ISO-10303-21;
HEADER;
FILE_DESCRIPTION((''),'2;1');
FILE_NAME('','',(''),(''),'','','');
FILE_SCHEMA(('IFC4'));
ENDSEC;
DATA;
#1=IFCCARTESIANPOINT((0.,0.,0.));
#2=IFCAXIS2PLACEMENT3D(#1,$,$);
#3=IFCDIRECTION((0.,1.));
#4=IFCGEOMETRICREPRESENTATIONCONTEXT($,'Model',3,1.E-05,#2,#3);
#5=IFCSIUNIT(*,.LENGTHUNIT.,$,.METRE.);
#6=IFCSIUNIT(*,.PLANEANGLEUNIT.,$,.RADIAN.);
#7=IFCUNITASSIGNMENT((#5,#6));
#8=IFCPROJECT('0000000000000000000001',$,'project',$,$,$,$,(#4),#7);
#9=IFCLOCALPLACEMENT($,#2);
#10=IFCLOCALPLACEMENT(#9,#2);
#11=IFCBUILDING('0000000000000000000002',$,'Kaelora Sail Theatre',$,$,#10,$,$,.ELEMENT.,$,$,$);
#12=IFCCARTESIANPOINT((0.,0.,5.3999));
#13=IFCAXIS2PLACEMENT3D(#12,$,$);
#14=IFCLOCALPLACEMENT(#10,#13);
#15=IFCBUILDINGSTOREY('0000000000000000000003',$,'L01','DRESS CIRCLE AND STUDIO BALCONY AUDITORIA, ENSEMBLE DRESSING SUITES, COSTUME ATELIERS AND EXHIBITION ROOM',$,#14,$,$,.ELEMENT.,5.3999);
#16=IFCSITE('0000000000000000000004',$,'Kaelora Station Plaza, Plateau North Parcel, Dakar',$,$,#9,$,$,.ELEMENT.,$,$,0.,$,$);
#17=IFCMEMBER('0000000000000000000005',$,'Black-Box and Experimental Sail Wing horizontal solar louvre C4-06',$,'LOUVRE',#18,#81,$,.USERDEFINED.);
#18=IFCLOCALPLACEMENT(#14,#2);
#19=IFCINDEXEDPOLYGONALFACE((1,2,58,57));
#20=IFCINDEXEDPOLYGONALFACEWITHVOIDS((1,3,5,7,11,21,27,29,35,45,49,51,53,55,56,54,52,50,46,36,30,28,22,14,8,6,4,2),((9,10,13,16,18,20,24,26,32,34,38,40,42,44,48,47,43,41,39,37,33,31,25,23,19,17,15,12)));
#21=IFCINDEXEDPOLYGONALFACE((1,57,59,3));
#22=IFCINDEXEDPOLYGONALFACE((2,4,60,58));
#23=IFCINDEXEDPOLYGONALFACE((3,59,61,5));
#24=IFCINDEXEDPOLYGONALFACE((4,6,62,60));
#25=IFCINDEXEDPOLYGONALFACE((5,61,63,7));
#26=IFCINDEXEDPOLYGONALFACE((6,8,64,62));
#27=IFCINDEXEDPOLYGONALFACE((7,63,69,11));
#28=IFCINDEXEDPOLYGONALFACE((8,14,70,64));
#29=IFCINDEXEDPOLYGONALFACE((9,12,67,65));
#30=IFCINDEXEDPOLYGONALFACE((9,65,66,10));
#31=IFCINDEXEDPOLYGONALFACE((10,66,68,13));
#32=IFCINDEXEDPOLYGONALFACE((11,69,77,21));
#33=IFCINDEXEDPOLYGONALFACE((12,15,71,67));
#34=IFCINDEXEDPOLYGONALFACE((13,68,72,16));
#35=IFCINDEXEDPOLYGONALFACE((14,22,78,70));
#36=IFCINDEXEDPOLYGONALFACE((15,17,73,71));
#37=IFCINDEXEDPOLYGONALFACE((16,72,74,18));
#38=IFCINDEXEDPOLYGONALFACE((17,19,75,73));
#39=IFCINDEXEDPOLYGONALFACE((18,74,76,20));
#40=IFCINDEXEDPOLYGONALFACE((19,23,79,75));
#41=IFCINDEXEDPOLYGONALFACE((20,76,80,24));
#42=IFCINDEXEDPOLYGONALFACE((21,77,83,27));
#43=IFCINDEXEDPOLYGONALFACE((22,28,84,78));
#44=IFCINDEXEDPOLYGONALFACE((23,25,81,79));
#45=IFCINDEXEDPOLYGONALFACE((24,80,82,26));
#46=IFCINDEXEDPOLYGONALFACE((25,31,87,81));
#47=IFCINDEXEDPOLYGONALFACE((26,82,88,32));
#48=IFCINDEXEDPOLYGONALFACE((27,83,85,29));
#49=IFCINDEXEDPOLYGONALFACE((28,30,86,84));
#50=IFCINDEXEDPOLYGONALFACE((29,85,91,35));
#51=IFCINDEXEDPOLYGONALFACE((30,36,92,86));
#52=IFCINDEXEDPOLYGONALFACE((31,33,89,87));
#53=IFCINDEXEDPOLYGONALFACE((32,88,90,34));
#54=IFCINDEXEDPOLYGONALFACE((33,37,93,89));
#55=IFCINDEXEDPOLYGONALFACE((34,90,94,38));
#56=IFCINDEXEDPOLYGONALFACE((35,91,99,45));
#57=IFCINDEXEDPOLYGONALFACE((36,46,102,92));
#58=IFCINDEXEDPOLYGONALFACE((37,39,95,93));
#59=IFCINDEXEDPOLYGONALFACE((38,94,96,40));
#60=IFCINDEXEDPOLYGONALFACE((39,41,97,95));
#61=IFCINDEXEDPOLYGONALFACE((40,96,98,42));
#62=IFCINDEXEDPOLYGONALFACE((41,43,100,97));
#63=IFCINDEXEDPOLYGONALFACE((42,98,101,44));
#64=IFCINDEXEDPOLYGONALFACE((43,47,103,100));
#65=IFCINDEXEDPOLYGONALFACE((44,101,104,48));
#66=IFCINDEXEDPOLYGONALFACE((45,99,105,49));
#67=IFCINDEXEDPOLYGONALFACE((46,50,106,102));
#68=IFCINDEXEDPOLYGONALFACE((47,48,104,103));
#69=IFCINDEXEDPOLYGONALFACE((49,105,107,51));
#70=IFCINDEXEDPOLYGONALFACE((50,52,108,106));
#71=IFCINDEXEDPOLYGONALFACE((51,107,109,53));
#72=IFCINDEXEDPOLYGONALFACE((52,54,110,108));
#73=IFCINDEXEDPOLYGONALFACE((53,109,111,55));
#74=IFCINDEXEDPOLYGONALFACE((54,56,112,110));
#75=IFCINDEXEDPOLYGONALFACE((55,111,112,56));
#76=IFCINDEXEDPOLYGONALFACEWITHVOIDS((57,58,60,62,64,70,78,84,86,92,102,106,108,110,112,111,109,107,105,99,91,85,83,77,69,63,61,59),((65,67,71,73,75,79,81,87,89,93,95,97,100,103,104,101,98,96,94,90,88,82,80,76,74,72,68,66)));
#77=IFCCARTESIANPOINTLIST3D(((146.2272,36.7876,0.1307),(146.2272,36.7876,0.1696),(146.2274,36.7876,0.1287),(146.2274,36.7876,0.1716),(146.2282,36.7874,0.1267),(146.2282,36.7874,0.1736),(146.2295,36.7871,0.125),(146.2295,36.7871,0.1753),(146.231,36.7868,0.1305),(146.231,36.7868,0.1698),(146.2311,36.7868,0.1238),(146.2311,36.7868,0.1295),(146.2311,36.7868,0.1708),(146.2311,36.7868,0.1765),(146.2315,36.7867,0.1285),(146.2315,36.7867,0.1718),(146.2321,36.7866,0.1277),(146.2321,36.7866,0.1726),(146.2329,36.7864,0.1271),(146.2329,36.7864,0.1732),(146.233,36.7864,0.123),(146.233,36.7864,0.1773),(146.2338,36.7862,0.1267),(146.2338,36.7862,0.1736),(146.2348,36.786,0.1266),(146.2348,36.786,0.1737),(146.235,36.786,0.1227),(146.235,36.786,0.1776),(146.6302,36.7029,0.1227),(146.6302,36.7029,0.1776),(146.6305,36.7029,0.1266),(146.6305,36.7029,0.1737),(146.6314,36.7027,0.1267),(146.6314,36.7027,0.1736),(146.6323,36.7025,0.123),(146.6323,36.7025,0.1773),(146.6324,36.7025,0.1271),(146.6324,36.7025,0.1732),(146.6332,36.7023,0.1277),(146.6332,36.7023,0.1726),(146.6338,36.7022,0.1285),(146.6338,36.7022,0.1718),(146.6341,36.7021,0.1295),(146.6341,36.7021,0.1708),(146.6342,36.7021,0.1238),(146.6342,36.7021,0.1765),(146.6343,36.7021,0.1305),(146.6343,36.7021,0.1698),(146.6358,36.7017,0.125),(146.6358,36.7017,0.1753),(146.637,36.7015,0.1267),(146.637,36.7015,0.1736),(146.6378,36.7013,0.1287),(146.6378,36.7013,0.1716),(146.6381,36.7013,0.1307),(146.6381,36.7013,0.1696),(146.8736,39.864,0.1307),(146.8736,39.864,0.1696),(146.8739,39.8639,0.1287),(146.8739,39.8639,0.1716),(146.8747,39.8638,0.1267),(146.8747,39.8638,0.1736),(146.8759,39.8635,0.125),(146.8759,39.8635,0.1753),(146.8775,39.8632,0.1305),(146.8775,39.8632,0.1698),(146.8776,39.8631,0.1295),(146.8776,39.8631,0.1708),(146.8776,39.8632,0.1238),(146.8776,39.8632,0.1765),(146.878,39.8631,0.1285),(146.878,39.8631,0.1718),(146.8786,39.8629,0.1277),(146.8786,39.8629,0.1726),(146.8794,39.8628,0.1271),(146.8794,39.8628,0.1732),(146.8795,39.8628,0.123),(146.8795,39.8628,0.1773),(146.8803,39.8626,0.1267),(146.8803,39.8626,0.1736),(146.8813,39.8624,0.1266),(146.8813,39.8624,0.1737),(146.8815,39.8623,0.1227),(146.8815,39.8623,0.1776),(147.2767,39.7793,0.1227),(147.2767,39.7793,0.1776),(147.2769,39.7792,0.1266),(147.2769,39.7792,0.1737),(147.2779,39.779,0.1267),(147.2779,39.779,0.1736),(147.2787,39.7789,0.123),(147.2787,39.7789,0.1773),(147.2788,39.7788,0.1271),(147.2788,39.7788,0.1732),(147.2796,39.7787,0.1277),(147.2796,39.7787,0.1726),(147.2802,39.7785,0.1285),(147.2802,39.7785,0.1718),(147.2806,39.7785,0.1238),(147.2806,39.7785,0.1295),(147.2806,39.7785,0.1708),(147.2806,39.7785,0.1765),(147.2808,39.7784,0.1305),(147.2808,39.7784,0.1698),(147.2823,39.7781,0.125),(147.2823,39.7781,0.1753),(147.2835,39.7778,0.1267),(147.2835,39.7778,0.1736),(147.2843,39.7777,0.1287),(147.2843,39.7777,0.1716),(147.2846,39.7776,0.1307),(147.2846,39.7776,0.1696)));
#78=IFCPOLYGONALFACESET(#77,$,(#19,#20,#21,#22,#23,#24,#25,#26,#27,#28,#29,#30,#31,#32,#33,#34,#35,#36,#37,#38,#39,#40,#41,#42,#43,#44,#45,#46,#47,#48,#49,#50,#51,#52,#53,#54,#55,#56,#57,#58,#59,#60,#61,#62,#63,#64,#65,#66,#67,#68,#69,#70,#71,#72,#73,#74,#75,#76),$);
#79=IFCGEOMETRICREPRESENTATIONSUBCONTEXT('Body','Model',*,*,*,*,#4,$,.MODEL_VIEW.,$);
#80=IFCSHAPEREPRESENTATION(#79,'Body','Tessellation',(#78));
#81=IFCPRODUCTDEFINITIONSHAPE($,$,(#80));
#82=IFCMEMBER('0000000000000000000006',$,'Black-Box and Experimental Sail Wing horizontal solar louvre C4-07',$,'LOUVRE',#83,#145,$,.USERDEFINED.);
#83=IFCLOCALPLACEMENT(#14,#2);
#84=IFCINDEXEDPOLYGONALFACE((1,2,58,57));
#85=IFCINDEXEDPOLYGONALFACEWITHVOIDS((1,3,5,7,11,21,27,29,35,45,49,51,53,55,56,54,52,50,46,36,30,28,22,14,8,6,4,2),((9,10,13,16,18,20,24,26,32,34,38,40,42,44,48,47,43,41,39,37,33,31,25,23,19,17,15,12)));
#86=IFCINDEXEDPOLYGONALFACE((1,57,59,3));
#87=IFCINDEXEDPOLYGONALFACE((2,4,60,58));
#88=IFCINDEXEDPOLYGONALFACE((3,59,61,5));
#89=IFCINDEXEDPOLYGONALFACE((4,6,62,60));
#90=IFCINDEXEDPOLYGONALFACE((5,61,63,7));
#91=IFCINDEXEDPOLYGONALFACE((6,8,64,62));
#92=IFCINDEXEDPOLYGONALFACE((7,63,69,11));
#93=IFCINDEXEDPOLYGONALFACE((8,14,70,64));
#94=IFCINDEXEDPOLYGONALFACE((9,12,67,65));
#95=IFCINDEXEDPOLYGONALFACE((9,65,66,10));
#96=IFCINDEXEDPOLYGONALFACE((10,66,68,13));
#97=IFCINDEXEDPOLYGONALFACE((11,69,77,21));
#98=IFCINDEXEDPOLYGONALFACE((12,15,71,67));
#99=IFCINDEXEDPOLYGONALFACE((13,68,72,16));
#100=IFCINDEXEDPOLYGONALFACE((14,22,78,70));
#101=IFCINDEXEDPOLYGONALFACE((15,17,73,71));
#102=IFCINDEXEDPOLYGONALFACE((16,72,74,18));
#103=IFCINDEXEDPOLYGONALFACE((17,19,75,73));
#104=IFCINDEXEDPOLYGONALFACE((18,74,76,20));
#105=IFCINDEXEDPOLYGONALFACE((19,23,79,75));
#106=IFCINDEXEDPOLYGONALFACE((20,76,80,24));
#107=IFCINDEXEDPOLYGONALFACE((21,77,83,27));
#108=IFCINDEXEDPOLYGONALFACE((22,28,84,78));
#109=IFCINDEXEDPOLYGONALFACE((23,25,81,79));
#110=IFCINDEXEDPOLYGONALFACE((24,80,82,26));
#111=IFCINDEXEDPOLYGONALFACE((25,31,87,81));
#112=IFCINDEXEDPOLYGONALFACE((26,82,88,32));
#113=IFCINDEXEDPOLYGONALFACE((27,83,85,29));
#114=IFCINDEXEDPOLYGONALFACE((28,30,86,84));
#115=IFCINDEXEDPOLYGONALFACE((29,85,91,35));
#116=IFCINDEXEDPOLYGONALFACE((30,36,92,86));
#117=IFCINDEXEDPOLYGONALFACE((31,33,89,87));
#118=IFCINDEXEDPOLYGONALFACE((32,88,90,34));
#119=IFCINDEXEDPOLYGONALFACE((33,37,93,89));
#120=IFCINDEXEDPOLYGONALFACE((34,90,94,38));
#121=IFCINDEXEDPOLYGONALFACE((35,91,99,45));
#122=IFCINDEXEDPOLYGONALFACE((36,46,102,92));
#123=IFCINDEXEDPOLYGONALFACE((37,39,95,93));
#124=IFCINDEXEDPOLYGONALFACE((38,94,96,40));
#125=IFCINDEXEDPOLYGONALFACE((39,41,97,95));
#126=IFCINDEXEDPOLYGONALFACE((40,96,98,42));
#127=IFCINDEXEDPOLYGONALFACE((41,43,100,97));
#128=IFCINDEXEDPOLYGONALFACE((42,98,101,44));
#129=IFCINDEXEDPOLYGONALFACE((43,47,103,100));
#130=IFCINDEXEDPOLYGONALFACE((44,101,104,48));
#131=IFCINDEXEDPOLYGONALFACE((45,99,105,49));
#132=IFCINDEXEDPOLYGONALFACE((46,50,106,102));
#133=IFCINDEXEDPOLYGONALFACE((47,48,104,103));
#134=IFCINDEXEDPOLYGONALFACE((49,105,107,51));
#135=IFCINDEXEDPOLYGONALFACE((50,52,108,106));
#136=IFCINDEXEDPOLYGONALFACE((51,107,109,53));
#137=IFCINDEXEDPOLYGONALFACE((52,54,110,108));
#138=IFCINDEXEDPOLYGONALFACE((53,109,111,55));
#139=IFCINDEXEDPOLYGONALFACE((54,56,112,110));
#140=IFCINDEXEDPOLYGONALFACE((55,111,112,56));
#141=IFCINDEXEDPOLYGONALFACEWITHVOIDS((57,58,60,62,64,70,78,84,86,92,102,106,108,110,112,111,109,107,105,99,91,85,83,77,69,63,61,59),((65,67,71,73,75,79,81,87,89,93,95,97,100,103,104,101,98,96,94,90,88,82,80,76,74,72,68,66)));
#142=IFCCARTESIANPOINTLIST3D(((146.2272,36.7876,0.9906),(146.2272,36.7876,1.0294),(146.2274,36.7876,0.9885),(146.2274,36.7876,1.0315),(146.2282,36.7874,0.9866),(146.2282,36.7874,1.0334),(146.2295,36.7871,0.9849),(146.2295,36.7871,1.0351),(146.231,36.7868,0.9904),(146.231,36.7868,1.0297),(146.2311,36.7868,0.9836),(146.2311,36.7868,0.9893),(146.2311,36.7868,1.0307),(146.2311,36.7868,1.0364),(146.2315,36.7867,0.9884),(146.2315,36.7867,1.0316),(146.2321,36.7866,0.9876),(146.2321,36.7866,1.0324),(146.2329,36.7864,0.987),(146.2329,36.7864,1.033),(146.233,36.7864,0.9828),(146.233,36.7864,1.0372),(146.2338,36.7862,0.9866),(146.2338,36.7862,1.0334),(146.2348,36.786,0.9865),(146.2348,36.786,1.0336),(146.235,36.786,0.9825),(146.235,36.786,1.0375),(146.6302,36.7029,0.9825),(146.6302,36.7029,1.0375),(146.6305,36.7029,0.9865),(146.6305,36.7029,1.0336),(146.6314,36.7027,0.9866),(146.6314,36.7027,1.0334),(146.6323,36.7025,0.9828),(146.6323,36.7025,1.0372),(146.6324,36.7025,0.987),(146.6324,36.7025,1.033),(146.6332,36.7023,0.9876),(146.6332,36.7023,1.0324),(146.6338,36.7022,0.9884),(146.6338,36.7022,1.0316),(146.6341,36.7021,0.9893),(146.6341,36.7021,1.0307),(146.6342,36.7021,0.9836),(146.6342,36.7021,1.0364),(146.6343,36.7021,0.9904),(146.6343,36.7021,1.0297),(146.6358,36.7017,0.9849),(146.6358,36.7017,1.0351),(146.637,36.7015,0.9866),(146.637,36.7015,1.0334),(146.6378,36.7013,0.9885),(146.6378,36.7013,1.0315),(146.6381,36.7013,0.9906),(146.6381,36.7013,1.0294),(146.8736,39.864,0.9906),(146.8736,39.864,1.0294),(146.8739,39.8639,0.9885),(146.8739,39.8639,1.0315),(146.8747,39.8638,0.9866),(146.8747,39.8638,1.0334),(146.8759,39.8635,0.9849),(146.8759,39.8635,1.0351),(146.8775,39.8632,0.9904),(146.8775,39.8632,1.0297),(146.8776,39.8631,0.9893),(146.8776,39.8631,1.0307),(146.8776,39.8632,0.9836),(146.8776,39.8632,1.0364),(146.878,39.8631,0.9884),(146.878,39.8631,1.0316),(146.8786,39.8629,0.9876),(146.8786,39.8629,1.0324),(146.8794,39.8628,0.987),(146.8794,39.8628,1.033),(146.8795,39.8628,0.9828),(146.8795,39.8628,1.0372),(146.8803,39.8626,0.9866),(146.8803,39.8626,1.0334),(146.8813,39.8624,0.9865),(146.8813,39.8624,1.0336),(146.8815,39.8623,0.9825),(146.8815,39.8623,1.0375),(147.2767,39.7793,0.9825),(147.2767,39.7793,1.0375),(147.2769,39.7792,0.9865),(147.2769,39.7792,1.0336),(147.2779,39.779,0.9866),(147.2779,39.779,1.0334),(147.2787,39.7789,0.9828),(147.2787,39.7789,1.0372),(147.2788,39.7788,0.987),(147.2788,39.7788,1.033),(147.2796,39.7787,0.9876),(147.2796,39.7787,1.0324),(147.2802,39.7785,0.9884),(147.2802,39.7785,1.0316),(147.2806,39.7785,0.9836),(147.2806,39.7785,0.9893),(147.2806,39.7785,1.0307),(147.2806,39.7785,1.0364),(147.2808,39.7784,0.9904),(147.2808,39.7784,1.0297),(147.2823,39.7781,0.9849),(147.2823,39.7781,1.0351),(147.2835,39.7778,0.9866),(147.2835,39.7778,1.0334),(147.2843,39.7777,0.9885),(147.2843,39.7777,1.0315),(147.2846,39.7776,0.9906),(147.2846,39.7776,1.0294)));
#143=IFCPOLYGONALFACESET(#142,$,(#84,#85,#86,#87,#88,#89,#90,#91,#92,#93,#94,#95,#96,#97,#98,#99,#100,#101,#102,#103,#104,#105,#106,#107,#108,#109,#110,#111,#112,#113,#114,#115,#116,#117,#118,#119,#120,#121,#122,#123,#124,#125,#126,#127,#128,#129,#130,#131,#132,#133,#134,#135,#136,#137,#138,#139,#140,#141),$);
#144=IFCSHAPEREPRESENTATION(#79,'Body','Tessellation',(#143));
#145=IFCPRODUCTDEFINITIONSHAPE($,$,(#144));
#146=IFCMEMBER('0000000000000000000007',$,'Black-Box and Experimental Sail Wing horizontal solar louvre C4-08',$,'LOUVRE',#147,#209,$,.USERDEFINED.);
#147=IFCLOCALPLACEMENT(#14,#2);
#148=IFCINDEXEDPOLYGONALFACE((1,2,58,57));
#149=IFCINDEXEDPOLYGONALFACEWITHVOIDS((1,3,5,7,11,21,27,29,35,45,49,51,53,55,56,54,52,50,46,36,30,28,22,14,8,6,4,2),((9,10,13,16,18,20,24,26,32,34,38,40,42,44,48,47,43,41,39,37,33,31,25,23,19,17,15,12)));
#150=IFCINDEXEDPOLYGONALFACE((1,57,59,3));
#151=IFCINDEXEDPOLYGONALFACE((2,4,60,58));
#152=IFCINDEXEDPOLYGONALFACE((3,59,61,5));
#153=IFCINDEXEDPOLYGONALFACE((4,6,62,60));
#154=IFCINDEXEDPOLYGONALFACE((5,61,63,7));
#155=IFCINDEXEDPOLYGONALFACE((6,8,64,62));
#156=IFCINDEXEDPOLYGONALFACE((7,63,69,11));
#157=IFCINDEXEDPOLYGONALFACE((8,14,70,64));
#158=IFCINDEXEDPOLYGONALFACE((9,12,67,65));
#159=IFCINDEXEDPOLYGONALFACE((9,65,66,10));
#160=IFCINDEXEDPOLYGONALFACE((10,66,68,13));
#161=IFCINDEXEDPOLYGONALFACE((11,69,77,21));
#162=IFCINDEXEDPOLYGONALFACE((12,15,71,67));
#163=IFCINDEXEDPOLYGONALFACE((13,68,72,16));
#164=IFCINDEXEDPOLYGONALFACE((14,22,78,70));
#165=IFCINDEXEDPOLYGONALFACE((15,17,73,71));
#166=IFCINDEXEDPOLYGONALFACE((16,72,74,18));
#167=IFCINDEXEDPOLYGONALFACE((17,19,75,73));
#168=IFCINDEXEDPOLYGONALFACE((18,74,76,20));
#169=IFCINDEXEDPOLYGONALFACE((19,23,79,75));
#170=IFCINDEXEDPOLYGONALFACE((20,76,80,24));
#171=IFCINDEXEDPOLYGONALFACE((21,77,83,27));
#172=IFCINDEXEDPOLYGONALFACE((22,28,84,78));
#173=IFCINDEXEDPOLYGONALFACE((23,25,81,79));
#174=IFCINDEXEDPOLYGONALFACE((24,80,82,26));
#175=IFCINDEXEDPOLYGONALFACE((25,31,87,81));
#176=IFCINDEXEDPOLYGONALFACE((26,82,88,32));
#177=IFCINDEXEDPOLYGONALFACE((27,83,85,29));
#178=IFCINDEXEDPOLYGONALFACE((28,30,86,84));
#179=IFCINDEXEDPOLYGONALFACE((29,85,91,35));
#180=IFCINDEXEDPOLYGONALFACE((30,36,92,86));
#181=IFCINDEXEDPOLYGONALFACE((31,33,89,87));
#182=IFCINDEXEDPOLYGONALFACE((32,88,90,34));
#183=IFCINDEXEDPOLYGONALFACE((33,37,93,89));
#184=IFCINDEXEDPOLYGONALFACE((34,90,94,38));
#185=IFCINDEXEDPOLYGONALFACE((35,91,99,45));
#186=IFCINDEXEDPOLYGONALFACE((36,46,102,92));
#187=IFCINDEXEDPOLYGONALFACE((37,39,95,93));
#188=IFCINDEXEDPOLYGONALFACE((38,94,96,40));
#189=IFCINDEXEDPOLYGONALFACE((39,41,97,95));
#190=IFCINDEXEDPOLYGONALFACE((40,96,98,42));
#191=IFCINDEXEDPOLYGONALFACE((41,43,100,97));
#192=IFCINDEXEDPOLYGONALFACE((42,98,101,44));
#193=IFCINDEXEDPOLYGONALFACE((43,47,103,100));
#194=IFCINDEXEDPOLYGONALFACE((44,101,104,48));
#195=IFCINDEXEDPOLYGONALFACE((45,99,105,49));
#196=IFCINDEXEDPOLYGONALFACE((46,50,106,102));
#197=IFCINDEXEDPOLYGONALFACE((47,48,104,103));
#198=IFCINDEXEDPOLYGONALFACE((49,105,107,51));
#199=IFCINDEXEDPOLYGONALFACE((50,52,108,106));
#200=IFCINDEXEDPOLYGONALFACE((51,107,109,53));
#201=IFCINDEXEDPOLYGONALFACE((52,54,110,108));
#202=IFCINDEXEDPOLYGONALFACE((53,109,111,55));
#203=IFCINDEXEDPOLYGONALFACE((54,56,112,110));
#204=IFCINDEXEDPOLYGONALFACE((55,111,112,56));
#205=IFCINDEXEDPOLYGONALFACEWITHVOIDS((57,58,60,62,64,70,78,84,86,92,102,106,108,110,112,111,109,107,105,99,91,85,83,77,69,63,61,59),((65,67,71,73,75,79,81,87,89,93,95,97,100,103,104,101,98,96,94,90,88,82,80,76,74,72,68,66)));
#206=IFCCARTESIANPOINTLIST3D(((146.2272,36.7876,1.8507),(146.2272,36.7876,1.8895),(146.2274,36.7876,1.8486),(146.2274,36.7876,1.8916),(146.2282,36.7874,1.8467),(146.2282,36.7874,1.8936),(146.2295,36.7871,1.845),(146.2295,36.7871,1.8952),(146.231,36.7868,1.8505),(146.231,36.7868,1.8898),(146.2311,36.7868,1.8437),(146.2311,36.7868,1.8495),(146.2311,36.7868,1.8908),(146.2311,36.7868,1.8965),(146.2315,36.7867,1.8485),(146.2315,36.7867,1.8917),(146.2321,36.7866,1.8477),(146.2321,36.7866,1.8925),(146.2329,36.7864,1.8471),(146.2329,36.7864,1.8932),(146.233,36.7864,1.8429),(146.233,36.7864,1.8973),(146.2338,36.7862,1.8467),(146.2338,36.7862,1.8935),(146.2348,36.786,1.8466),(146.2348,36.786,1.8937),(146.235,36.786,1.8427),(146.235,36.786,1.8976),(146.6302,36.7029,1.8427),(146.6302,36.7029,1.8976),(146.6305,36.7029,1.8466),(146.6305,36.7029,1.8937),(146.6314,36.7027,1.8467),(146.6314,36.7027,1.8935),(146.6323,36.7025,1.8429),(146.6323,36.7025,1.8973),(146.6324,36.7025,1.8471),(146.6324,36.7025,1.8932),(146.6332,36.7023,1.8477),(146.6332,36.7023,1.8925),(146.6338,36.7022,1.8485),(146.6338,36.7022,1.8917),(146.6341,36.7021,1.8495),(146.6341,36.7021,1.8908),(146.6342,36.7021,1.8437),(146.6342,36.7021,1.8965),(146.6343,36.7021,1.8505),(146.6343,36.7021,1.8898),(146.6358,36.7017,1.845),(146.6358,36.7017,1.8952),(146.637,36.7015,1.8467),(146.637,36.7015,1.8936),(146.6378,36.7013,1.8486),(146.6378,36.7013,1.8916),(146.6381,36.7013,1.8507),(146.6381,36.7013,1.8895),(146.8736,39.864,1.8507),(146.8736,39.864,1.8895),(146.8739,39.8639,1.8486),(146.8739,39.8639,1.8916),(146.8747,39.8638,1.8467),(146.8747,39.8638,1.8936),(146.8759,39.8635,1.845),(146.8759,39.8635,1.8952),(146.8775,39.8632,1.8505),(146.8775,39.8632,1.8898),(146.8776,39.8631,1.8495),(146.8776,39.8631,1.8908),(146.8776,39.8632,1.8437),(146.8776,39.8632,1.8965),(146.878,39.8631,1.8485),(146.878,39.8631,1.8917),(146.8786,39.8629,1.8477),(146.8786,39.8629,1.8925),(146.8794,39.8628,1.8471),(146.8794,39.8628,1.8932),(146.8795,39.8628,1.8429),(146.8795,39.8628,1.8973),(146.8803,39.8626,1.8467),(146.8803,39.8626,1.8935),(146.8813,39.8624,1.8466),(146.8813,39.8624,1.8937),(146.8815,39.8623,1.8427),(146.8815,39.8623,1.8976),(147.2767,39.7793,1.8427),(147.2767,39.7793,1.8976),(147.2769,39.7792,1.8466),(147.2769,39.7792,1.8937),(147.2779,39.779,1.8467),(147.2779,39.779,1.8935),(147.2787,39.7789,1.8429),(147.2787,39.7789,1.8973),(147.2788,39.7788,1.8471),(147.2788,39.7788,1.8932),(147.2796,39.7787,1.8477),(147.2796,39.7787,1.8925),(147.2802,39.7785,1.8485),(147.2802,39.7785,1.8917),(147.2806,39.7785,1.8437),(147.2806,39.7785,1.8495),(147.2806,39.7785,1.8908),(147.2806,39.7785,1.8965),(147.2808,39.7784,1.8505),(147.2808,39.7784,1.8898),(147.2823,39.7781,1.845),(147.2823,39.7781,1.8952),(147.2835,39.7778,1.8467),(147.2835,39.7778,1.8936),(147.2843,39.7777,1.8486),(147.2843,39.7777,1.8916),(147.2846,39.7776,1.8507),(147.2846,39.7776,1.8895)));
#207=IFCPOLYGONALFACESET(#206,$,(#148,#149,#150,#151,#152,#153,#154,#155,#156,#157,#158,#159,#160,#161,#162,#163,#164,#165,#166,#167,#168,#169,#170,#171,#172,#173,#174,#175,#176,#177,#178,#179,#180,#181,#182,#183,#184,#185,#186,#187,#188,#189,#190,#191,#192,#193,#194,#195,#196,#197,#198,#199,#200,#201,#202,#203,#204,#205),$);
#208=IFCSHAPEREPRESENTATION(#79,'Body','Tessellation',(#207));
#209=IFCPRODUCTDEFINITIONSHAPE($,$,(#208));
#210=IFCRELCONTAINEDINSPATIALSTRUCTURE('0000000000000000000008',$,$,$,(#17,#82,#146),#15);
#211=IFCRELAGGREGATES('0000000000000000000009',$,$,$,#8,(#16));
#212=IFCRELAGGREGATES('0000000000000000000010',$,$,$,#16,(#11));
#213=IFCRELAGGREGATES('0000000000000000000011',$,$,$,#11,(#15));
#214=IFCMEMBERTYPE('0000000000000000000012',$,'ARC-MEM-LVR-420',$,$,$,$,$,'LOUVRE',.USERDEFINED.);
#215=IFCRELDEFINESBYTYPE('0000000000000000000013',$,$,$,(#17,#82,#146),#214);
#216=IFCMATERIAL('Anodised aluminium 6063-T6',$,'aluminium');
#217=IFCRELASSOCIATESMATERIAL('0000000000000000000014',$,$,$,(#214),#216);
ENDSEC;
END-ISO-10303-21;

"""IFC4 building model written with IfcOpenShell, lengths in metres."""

from ifc_helpers import new_model, si_unit, direction, frame, origin, origin_2d, place, context, subcontext, project, spatial, hollow_rectangle, extrude, material, material_profile, profile_set, type_object, element, save


model = new_model("IFC4")

# Units and contexts
model_context = context("Model", 3, precision=1e-05, world=origin(), true_north=direction((0.0, 1.0)))
body_context = subcontext(model_context, "Body", "Model", "MODEL_VIEW")
ifc_project = project(units=[si_unit("LENGTHUNIT", "METRE"), si_unit("PLANEANGLEUNIT", "RADIAN")], contexts=[model_context])

# Site, building, storey
site_placement = place(None, origin())
site = spatial("IfcSite", under=ifc_project, at=site_placement, Name="Kaelora Station Plaza, Plateau North Parcel, Dakar", CompositionType="ELEMENT", RefElevation=0.0)
building_placement = place(site_placement, origin())
building = spatial("IfcBuilding", under=site, at=building_placement, Name="Kaelora Sail Theatre", CompositionType="ELEMENT")
storey_placement = place(building_placement, frame((0.0, 0.0, 5.3999)))
storey = spatial("IfcBuildingStorey", under=building, at=storey_placement, Name="L01", Description="DRESS CIRCLE AND STUDIO BALCONY AUDITORIA, ENSEMBLE DRESSING SUITES, COSTUME ATELIERS AND EXHIBITION ROOM", CompositionType="ELEMENT", Elevation=5.3999)

# Members
ifc_material_1 = material(Name="Anodised aluminium 6063-T6", Category="aluminium")
ifc_material_profile_1 = material_profile(ifc_material_1, hollow_rectangle(XDim=0.4199, YDim=0.0549, WallThickness=0.0039, InnerFilletRadius=0.0039, OuterFilletRadius=0.0081, at=origin_2d()), Name="LOUVRE 420x55x4")
ifc_profile_set_1 = profile_set([ifc_material_profile_1], Name="Anodised aluminium 6063-T6")
member_type = type_object("IfcMemberType", Name="ARC-MEM-LVR-420", ElementType="LOUVRE", PredefinedType="USERDEFINED", material=ifc_profile_set_1)
for number, where, z_axis, x_axis, name in (
    (1, (147.0791, 39.8208, 0.1501), (-0.20565, -0.978626, 0.0), (0.978626, -0.20565, 0.0), "Black-Box and Experimental Sail Wing horizontal solar louvre C4-06"),
    (2, (147.0791, 39.8208, 1.01), (-0.20565, -0.978626, 0.0), (0.978626, -0.20565, 0.0), "Black-Box and Experimental Sail Wing horizontal solar louvre C4-07"),
    (3, (147.0791, 39.8208, 1.8701), (-0.20565, -0.978626, 0.0), (0.978626, -0.20565, 0.0), "Black-Box and Experimental Sail Wing horizontal solar louvre C4-08"),
):
    element("IfcMember", number, at=place(storey_placement, frame(where, z_axis=z_axis, x_axis=x_axis)), inside=storey, type_object=member_type, Name=name, ObjectType="LOUVRE", PredefinedType="USERDEFINED", context=body_context, shape_type="SweptSolid", body=[
        extrude(hollow_rectangle(XDim=0.4199, YDim=0.0549, WallThickness=0.0039, InnerFilletRadius=0.0039, OuterFilletRadius=0.0081, at=origin_2d()), origin(), (0.0, 0.0, 1.0), 3.1436),
    ])

save(model, "model.ifc")
